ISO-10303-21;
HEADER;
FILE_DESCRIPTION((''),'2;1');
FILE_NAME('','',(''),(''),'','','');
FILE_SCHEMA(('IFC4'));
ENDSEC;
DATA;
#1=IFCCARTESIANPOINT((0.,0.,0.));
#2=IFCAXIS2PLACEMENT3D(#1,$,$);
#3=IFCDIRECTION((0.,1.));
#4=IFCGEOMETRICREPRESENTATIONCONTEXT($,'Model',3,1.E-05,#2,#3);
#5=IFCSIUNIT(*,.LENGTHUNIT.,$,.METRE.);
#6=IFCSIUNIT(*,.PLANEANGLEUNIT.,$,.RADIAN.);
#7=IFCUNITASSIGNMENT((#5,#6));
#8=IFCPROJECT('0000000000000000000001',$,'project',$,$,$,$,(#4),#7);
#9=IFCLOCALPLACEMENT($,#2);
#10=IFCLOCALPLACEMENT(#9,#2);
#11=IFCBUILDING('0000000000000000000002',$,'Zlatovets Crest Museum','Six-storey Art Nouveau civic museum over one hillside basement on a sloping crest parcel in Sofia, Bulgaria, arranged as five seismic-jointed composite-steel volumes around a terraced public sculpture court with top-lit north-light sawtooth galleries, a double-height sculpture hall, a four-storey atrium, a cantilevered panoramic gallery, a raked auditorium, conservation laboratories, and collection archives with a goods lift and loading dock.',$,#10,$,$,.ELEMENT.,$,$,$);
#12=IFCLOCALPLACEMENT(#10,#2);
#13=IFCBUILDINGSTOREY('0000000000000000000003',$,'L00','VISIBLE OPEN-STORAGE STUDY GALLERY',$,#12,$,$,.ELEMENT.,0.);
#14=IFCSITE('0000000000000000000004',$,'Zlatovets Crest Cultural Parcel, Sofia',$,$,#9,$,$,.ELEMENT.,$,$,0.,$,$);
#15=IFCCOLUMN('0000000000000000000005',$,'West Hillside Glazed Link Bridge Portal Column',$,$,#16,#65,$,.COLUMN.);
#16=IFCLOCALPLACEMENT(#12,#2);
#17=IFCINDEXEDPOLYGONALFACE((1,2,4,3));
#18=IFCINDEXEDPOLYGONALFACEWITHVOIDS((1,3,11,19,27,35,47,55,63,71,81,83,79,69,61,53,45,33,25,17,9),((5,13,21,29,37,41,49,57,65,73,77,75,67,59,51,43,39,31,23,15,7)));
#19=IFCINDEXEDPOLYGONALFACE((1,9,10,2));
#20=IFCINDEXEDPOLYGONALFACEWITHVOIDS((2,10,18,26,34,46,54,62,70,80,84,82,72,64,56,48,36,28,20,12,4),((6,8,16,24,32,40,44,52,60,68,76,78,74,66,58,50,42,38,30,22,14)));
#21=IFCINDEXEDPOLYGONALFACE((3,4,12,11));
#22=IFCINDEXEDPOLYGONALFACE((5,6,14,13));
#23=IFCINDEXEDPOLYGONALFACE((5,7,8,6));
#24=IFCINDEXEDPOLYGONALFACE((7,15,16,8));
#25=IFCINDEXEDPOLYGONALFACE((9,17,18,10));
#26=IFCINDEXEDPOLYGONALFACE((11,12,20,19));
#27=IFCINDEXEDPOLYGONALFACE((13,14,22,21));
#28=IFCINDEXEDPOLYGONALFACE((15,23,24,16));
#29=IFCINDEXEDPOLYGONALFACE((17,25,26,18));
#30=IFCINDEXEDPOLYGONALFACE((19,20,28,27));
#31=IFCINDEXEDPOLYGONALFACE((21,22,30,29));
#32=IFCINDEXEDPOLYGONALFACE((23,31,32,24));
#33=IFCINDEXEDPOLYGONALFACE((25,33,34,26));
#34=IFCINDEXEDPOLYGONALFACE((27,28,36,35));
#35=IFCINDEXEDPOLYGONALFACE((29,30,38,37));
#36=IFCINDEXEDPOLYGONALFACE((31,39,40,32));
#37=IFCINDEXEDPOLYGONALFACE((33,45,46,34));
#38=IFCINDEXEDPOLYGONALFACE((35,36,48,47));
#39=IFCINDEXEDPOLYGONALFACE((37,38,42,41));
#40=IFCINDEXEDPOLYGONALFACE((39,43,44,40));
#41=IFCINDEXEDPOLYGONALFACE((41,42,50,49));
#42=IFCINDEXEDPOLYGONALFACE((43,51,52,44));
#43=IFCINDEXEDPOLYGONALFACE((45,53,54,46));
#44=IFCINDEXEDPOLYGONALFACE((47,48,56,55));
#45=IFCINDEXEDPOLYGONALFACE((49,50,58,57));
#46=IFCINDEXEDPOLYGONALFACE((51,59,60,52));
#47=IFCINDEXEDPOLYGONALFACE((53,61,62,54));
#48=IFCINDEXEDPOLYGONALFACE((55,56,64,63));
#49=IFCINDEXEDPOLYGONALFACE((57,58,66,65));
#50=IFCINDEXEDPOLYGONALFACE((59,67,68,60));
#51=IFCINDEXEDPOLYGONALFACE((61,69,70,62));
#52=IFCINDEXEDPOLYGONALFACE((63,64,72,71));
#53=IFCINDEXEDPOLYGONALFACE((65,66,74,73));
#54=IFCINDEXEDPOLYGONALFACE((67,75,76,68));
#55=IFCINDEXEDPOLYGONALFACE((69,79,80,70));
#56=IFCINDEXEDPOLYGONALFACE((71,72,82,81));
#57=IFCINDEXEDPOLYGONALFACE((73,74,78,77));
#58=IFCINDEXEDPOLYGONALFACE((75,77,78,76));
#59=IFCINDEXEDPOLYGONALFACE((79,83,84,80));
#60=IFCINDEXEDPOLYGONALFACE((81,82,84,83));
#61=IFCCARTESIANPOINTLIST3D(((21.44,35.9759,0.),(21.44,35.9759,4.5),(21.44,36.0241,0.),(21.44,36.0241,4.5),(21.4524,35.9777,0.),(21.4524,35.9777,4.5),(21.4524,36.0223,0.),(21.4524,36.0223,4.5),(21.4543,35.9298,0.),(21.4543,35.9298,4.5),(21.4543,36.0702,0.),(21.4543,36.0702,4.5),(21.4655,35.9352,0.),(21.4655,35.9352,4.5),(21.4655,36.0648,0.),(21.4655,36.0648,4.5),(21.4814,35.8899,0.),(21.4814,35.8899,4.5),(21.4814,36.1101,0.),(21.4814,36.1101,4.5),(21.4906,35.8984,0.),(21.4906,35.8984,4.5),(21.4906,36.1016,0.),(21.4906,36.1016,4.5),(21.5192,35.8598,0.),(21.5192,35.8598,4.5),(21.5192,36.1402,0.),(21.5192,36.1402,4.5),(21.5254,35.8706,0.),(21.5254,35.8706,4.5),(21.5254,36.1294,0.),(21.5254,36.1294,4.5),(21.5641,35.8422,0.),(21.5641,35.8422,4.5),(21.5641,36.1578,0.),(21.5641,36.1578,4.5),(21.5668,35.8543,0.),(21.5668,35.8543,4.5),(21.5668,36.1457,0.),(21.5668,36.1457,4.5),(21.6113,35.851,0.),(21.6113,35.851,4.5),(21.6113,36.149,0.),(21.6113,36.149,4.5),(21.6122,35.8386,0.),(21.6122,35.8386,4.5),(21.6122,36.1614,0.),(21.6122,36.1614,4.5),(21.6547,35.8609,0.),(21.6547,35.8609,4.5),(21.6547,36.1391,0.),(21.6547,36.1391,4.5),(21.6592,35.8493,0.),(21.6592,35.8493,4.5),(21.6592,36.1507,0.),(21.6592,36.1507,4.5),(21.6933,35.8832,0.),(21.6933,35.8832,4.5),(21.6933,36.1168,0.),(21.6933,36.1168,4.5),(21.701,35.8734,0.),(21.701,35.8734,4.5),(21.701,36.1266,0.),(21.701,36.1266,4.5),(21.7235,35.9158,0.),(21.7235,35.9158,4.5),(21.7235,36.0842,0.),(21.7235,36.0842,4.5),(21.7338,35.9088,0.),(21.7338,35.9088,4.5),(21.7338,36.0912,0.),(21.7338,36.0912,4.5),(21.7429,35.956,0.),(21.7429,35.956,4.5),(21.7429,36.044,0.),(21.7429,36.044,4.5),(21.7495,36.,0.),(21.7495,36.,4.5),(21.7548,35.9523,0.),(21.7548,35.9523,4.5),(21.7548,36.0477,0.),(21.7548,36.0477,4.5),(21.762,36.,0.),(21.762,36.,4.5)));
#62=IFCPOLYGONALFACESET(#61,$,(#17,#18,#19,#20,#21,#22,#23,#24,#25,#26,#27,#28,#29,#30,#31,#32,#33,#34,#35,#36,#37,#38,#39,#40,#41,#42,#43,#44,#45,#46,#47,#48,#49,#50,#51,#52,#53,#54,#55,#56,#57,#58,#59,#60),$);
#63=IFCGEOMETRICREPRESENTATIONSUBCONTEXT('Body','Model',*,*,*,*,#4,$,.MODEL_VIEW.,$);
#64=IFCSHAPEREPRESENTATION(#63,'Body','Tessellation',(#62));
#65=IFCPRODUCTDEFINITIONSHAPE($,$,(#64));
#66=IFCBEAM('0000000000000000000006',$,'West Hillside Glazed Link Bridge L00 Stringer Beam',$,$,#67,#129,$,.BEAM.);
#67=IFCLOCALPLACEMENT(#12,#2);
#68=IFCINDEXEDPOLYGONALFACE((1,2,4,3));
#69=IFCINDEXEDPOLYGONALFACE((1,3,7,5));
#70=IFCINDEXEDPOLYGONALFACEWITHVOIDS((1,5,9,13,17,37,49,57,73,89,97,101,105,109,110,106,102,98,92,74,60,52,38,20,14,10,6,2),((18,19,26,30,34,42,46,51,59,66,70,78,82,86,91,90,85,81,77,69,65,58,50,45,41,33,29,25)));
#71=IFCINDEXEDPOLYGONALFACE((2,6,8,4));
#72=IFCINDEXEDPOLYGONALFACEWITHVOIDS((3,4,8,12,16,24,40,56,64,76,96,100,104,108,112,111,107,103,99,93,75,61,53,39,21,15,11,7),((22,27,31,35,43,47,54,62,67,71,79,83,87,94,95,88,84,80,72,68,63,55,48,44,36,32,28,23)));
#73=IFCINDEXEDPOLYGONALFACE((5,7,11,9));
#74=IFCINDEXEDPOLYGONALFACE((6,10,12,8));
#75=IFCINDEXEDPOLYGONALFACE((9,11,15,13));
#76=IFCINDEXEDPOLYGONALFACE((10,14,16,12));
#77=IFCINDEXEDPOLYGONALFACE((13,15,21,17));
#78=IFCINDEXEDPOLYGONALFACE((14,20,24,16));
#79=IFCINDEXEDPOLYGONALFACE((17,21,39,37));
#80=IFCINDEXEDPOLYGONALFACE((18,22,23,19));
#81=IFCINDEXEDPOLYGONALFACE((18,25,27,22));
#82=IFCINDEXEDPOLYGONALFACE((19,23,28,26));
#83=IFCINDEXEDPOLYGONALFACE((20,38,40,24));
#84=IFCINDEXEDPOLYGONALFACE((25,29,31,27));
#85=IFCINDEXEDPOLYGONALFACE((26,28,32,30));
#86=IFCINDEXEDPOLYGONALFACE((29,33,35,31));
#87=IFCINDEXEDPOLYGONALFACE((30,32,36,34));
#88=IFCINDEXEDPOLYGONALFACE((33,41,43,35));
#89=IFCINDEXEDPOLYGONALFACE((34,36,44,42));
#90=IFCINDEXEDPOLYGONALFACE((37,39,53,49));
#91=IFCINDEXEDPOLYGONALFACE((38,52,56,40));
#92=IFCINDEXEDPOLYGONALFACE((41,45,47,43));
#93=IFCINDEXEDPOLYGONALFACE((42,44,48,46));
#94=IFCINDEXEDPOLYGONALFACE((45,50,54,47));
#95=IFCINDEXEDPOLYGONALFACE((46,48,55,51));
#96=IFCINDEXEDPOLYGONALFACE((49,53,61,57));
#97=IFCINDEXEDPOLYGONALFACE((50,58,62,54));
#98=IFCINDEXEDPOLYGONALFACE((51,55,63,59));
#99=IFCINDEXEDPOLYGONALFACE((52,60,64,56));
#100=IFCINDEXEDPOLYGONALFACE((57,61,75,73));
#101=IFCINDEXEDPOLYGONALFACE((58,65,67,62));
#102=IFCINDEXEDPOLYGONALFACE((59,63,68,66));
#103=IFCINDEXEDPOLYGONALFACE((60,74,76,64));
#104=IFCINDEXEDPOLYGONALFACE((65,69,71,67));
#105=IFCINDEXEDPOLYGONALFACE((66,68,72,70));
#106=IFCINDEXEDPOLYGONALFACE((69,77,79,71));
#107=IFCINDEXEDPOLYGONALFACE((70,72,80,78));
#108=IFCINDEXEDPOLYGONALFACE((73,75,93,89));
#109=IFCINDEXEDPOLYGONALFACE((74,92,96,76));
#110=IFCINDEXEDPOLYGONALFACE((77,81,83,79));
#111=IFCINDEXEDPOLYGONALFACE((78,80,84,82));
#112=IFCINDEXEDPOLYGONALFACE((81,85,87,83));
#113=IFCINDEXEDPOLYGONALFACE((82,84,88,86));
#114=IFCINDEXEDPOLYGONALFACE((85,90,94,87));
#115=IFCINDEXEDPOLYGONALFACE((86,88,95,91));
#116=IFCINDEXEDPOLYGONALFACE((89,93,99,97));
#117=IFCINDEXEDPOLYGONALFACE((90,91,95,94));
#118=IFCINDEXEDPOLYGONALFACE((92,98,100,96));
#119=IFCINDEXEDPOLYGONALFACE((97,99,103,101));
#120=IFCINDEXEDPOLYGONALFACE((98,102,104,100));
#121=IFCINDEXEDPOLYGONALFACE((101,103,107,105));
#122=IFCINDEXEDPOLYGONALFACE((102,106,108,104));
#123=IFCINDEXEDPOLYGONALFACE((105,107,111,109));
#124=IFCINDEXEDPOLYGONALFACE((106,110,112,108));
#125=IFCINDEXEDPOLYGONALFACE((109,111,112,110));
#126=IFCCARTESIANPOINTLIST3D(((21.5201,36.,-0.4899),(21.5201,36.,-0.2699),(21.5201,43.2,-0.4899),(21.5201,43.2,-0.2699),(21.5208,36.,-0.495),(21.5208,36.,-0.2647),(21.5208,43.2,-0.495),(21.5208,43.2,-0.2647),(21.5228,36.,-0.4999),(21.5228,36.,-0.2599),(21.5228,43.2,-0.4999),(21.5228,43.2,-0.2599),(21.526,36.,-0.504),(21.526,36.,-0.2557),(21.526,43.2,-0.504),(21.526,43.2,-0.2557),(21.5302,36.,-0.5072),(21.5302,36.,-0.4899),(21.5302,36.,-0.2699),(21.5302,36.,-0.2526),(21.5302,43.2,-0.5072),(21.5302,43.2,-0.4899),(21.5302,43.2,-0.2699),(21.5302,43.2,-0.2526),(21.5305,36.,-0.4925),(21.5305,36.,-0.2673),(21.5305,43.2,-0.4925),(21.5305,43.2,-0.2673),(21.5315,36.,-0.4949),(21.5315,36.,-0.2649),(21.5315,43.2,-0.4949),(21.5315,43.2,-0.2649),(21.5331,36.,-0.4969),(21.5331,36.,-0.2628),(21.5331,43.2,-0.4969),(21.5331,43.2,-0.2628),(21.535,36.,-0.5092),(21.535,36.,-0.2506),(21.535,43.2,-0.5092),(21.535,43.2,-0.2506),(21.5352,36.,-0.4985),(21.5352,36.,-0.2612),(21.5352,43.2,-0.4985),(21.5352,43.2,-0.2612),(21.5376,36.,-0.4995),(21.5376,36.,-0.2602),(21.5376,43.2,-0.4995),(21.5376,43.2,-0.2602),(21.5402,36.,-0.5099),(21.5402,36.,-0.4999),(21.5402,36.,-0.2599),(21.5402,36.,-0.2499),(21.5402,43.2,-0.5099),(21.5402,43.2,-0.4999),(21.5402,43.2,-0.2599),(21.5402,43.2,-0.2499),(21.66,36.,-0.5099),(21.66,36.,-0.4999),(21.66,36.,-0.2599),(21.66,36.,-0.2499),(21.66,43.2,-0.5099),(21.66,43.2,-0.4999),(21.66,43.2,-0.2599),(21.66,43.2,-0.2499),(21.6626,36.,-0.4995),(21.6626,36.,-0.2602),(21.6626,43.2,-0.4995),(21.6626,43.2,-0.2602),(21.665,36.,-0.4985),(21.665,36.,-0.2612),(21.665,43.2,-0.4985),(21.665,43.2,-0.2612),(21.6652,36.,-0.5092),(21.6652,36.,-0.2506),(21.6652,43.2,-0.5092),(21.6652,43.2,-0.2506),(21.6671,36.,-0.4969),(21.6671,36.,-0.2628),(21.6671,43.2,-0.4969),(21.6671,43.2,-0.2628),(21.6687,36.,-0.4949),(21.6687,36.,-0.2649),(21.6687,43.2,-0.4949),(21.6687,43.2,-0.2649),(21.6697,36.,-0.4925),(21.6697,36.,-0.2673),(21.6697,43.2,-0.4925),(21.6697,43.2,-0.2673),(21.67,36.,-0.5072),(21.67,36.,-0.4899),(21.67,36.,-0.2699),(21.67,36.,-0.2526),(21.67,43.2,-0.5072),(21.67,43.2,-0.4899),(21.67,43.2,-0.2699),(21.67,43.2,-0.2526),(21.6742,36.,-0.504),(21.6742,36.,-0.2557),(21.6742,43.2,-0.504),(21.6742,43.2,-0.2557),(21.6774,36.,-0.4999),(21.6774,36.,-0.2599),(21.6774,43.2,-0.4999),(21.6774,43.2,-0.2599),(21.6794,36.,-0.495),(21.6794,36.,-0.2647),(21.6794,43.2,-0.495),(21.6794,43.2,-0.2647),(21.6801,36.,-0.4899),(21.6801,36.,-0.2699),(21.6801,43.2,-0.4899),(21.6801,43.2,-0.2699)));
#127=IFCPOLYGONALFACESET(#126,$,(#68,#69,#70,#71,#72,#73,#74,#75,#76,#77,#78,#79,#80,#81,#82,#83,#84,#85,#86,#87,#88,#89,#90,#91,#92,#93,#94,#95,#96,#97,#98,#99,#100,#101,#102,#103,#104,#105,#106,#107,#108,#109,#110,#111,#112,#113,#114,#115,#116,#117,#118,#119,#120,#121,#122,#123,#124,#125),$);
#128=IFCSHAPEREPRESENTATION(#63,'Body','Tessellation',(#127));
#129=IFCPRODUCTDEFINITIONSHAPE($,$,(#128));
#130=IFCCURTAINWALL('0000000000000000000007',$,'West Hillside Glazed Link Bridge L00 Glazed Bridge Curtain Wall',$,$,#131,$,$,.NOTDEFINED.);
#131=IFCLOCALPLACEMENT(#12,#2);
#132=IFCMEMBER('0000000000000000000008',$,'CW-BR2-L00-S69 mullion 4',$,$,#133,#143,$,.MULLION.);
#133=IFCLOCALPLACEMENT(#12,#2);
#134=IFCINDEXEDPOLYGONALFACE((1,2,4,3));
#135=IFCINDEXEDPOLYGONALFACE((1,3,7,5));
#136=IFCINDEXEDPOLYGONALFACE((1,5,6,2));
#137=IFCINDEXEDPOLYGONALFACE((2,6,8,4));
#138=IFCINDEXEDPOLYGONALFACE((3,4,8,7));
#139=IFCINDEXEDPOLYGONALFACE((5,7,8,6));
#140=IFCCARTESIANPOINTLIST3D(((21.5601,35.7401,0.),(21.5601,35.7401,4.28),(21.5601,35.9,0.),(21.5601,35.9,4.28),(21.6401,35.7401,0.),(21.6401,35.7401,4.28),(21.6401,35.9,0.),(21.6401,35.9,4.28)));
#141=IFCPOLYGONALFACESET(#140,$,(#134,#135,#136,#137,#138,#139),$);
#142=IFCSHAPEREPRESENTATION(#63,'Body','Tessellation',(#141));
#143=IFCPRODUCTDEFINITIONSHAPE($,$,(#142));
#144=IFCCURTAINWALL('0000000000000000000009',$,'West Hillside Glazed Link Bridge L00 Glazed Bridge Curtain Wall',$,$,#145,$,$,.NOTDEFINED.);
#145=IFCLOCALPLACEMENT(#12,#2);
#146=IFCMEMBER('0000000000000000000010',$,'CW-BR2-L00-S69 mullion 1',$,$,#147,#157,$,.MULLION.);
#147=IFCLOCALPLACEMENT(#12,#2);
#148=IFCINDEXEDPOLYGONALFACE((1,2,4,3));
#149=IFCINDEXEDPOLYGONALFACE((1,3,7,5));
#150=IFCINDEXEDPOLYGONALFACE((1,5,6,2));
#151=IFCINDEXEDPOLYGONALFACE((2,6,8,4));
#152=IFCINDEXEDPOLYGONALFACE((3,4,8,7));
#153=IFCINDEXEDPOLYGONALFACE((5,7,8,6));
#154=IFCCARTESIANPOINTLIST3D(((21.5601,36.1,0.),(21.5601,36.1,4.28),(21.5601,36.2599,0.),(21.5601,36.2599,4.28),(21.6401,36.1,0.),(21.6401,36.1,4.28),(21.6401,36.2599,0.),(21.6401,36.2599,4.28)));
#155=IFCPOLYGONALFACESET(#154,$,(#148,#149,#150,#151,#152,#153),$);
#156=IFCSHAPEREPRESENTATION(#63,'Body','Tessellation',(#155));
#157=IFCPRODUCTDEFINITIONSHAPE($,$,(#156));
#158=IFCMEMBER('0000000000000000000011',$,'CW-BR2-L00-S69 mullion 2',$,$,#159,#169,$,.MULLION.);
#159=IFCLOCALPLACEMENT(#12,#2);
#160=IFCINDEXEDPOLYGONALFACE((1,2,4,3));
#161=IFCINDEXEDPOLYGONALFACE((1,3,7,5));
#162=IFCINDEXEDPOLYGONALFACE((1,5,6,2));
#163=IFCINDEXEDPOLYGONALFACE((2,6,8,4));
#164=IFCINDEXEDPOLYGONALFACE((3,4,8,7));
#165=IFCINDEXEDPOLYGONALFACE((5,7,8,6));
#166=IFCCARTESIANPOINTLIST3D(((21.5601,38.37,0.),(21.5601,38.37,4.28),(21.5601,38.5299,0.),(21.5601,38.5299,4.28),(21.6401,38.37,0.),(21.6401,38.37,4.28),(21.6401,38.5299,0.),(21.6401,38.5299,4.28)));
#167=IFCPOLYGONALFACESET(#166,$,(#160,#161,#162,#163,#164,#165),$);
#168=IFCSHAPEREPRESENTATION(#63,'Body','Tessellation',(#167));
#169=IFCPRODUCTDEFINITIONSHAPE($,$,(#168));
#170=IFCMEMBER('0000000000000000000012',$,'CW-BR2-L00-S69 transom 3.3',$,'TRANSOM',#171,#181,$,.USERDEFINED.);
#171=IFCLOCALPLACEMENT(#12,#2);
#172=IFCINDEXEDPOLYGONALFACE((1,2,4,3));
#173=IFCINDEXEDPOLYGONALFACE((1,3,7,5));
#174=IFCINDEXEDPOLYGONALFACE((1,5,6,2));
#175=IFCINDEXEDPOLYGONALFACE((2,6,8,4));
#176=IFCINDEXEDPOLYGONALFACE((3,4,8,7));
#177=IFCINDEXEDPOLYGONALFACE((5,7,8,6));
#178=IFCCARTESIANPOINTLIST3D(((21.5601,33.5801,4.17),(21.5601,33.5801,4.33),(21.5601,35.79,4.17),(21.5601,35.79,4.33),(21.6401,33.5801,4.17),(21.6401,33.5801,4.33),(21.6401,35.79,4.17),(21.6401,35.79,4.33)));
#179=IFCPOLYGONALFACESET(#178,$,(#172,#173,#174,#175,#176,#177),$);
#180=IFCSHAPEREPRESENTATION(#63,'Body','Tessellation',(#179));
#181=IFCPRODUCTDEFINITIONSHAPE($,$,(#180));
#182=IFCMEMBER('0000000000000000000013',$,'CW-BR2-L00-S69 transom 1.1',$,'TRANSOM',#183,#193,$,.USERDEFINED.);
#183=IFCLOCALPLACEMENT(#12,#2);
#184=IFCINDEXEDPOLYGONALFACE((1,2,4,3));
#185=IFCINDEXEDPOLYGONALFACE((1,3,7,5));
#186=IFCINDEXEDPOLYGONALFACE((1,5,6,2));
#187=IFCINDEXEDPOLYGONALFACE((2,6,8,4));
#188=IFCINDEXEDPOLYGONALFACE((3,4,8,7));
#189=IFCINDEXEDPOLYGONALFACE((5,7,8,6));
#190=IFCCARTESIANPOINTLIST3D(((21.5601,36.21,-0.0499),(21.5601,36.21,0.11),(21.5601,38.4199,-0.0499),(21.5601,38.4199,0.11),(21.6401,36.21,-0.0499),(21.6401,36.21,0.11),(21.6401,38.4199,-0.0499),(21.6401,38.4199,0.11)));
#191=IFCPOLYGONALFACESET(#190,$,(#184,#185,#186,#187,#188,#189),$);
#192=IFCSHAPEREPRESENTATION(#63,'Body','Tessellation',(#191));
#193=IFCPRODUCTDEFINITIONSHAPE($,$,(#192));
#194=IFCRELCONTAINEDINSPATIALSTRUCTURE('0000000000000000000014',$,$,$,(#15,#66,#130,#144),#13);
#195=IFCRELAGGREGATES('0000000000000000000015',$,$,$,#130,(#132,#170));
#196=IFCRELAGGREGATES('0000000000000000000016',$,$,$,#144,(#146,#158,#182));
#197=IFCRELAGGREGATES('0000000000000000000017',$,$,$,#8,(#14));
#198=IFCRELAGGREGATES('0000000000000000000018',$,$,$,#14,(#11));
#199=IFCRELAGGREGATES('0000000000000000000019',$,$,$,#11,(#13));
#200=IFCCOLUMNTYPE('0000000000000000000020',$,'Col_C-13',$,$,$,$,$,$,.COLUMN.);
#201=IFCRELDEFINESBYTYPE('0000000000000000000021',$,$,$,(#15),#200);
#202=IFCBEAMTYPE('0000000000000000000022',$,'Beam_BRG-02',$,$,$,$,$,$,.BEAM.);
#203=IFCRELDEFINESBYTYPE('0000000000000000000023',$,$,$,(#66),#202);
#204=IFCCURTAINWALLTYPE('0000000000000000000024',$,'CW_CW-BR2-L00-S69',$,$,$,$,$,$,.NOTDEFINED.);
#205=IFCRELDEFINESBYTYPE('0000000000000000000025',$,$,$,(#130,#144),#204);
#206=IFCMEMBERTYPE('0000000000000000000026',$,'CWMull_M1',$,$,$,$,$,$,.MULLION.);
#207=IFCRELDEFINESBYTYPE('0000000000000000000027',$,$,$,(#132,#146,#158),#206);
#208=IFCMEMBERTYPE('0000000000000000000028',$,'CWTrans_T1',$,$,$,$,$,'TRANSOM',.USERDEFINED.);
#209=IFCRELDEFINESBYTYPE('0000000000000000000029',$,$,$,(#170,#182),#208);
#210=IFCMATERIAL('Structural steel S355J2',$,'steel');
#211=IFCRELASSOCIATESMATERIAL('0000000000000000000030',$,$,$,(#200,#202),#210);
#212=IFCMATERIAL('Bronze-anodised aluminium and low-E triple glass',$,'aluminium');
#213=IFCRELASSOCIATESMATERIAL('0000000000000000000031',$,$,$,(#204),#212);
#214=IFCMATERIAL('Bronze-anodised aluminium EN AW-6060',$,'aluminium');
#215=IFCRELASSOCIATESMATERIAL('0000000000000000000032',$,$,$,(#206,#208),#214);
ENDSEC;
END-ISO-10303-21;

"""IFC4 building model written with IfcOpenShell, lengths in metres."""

from ifc_helpers import new_model, si_unit, direction, frame, origin, origin_2d, place, context, subcontext, project, spatial, rectangle, hollow_rectangle, hollow_circle, extrude, material, material_profile, profile_set, type_object, element, aggregate, save


model = new_model("IFC4")

# Units and contexts
model_context = context("Model", 3, precision=1e-05, world=origin(), true_north=direction((0.0, 1.0)))
body_context = subcontext(model_context, "Body", "Model", "MODEL_VIEW")
ifc_project = project(units=[si_unit("LENGTHUNIT", "METRE"), si_unit("PLANEANGLEUNIT", "RADIAN")], contexts=[model_context])

# Site, building, storey
site_placement = place(None, origin())
site = spatial("IfcSite", under=ifc_project, at=site_placement, Name="Zlatovets Crest Cultural Parcel, Sofia", CompositionType="ELEMENT", RefElevation=0.0)
building_placement = place(site_placement, origin())
building = spatial("IfcBuilding", under=site, at=building_placement, Name="Zlatovets Crest Museum", Description="Six-storey Art Nouveau civic museum over one hillside basement on a sloping crest parcel in Sofia, Bulgaria, arranged as five seismic-jointed composite-steel volumes around a terraced public sculpture court with top-lit north-light sawtooth galleries, a double-height sculpture hall, a four-storey atrium, a cantilevered panoramic gallery, a raked auditorium, conservation laboratories, and collection archives with a goods lift and loading dock.", CompositionType="ELEMENT")
storey_placement = place(building_placement, origin())
storey = spatial("IfcBuildingStorey", under=building, at=storey_placement, Name="L00", Description="VISIBLE OPEN-STORAGE STUDY GALLERY", CompositionType="ELEMENT", Elevation=0.0)

# Column
ifc_material_1 = material(Name="Structural steel S355J2", Category="steel")
ifc_material_profile_1 = material_profile(ifc_material_1, hollow_circle(Radius=0.1619, WallThickness=0.0125, at=origin_2d()), Name="CHS 323.9x12.5")
ifc_profile_set_1 = profile_set([ifc_material_profile_1], Name="Structural steel S355J2")
column_type = type_object("IfcColumnType", Name="Col_C-13", PredefinedType="COLUMN", material=ifc_profile_set_1)
column_placement = place(storey_placement, frame((21.6001, 36.0, 0.0), z_axis=(0.0, 0.0, 1.0), x_axis=(1.0, 0.0, 0.0)))
element("IfcColumn", 1, at=column_placement, inside=storey, type_object=column_type, Name="West Hillside Glazed Link Bridge Portal Column", PredefinedType="COLUMN", context=body_context, shape_type="SweptSolid", body=[
    extrude(hollow_circle(Radius=0.1619, WallThickness=0.0125, at=origin_2d()), origin(), (0.0, 0.0, 1.0), 4.5),
])

# Beam
ifc_material_profile_2 = material_profile(ifc_material_1, hollow_rectangle(XDim=0.1599, YDim=0.26, WallThickness=0.01, InnerFilletRadius=0.01, OuterFilletRadius=0.02, at=origin_2d()), Name="RHS 160x260x10.0")
ifc_profile_set_2 = profile_set([ifc_material_profile_2], Name="Structural steel S355J2")
beam_type = type_object("IfcBeamType", Name="Beam_BRG-02", PredefinedType="BEAM", material=ifc_profile_set_2)
beam_placement = place(storey_placement, frame((21.6001, 36.0, -0.3799), z_axis=(0.0, 1.0, 0.0), x_axis=(-1.0, 0.0, 0.0)))
element("IfcBeam", 2, at=beam_placement, inside=storey, type_object=beam_type, Name="West Hillside Glazed Link Bridge L00 Stringer Beam", PredefinedType="BEAM", context=body_context, shape_type="SweptSolid", body=[
    extrude(hollow_rectangle(XDim=0.1599, YDim=0.26, WallThickness=0.01, InnerFilletRadius=0.01, OuterFilletRadius=0.02, at=origin_2d()), origin(), (0.0, 0.0, 1.0), 7.2),
])

# Curtain wall, member
ifc_material_2 = material(Name="Bronze-anodised aluminium and low-E triple glass", Category="aluminium")
curtain_wall_type = type_object("IfcCurtainWallType", Name="CW_CW-BR2-L00-S69", PredefinedType="NOTDEFINED", material=ifc_material_2)
curtain_wall_1_placement = place(storey_placement, origin())
curtain_wall_1 = element("IfcCurtainWall", 3, at=curtain_wall_1_placement, inside=storey, type_object=curtain_wall_type, Name="West Hillside Glazed Link Bridge L00 Glazed Bridge Curtain Wall", PredefinedType="NOTDEFINED")
ifc_material_3 = material(Name="Bronze-anodised aluminium EN AW-6060", Category="aluminium")
ifc_material_profile_3 = material_profile(ifc_material_3, rectangle(XDim=0.0801, YDim=0.1599, at=origin_2d()), Name="ALU 80x160")
ifc_profile_set_3 = profile_set([ifc_material_profile_3], Name="Bronze-anodised aluminium EN AW-6060")
member_type_1 = type_object("IfcMemberType", Name="CWMull_M1", PredefinedType="MULLION", material=ifc_profile_set_3)
member_1_placement = place(storey_placement, frame((21.6001, 35.8201, 0.0), z_axis=(0.0, 0.0, 1.0), x_axis=(-1.0, 0.0, 0.0)))
member_1 = element("IfcMember", 4, at=member_1_placement, type_object=member_type_1, Name="CW-BR2-L00-S69 mullion 4", PredefinedType="MULLION", context=body_context, shape_type="SweptSolid", body=[
    extrude(rectangle(XDim=0.0801, YDim=0.1599, at=origin_2d()), origin(), (0.0, 0.0, 1.0), 4.28),
])

# Curtain wall, members
curtain_wall_2_placement = place(storey_placement, origin())
curtain_wall_2 = element("IfcCurtainWall", 5, at=curtain_wall_2_placement, inside=storey, type_object=curtain_wall_type, Name="West Hillside Glazed Link Bridge L00 Glazed Bridge Curtain Wall", PredefinedType="NOTDEFINED")
member_2_placement = place(storey_placement, frame((21.6001, 36.1799, 0.0), z_axis=(0.0, 0.0, 1.0), x_axis=(-1.0, 0.0, 0.0)))
member_2 = element("IfcMember", 6, at=member_2_placement, type_object=member_type_1, Name="CW-BR2-L00-S69 mullion 1", PredefinedType="MULLION", context=body_context, shape_type="SweptSolid", body=[
    extrude(rectangle(XDim=0.0801, YDim=0.1599, at=origin_2d()), origin(), (0.0, 0.0, 1.0), 4.28),
])
member_3_placement = place(storey_placement, frame((21.6001, 38.45, 0.0), z_axis=(0.0, 0.0, 1.0), x_axis=(-1.0, 0.0, 0.0)))
member_3 = element("IfcMember", 7, at=member_3_placement, type_object=member_type_1, Name="CW-BR2-L00-S69 mullion 2", PredefinedType="MULLION", context=body_context, shape_type="SweptSolid", body=[
    extrude(rectangle(XDim=0.0801, YDim=0.1599, at=origin_2d()), origin(), (0.0, 0.0, 1.0), 4.28),
])

# Members
ifc_material_profile_4 = material_profile(ifc_material_3, rectangle(XDim=0.0801, YDim=0.1599, at=origin_2d()), Name="ALU 80x160")
ifc_profile_set_4 = profile_set([ifc_material_profile_4], Name="Bronze-anodised aluminium EN AW-6060")
member_type_2 = type_object("IfcMemberType", Name="CWTrans_T1", ElementType="TRANSOM", PredefinedType="USERDEFINED", material=ifc_profile_set_4)
member_4_placement = place(storey_placement, frame((21.6001, 33.5801, 4.25), z_axis=(0.0, 1.0, 0.0), x_axis=(-1.0, 0.0, 0.0)))
member_4 = element("IfcMember", 8, at=member_4_placement, type_object=member_type_2, Name="CW-BR2-L00-S69 transom 3.3", ObjectType="TRANSOM", PredefinedType="USERDEFINED", context=body_context, shape_type="SweptSolid", body=[
    extrude(rectangle(XDim=0.0801, YDim=0.1599, at=origin_2d()), origin(), (0.0, 0.0, 1.0), 2.21),
])
member_5_placement = place(storey_placement, frame((21.6001, 36.21, 0.03), z_axis=(0.0, 1.0, 0.0), x_axis=(-1.0, 0.0, 0.0)))
member_5 = element("IfcMember", 9, at=member_5_placement, type_object=member_type_2, Name="CW-BR2-L00-S69 transom 1.1", ObjectType="TRANSOM", PredefinedType="USERDEFINED", context=body_context, shape_type="SweptSolid", body=[
    extrude(rectangle(XDim=0.0801, YDim=0.1599, at=origin_2d()), origin(), (0.0, 0.0, 1.0), 2.21),
])

aggregate(curtain_wall_1, [member_1, member_4])
aggregate(curtain_wall_2, [member_2, member_3, member_5])

save(model, "model.ifc")
